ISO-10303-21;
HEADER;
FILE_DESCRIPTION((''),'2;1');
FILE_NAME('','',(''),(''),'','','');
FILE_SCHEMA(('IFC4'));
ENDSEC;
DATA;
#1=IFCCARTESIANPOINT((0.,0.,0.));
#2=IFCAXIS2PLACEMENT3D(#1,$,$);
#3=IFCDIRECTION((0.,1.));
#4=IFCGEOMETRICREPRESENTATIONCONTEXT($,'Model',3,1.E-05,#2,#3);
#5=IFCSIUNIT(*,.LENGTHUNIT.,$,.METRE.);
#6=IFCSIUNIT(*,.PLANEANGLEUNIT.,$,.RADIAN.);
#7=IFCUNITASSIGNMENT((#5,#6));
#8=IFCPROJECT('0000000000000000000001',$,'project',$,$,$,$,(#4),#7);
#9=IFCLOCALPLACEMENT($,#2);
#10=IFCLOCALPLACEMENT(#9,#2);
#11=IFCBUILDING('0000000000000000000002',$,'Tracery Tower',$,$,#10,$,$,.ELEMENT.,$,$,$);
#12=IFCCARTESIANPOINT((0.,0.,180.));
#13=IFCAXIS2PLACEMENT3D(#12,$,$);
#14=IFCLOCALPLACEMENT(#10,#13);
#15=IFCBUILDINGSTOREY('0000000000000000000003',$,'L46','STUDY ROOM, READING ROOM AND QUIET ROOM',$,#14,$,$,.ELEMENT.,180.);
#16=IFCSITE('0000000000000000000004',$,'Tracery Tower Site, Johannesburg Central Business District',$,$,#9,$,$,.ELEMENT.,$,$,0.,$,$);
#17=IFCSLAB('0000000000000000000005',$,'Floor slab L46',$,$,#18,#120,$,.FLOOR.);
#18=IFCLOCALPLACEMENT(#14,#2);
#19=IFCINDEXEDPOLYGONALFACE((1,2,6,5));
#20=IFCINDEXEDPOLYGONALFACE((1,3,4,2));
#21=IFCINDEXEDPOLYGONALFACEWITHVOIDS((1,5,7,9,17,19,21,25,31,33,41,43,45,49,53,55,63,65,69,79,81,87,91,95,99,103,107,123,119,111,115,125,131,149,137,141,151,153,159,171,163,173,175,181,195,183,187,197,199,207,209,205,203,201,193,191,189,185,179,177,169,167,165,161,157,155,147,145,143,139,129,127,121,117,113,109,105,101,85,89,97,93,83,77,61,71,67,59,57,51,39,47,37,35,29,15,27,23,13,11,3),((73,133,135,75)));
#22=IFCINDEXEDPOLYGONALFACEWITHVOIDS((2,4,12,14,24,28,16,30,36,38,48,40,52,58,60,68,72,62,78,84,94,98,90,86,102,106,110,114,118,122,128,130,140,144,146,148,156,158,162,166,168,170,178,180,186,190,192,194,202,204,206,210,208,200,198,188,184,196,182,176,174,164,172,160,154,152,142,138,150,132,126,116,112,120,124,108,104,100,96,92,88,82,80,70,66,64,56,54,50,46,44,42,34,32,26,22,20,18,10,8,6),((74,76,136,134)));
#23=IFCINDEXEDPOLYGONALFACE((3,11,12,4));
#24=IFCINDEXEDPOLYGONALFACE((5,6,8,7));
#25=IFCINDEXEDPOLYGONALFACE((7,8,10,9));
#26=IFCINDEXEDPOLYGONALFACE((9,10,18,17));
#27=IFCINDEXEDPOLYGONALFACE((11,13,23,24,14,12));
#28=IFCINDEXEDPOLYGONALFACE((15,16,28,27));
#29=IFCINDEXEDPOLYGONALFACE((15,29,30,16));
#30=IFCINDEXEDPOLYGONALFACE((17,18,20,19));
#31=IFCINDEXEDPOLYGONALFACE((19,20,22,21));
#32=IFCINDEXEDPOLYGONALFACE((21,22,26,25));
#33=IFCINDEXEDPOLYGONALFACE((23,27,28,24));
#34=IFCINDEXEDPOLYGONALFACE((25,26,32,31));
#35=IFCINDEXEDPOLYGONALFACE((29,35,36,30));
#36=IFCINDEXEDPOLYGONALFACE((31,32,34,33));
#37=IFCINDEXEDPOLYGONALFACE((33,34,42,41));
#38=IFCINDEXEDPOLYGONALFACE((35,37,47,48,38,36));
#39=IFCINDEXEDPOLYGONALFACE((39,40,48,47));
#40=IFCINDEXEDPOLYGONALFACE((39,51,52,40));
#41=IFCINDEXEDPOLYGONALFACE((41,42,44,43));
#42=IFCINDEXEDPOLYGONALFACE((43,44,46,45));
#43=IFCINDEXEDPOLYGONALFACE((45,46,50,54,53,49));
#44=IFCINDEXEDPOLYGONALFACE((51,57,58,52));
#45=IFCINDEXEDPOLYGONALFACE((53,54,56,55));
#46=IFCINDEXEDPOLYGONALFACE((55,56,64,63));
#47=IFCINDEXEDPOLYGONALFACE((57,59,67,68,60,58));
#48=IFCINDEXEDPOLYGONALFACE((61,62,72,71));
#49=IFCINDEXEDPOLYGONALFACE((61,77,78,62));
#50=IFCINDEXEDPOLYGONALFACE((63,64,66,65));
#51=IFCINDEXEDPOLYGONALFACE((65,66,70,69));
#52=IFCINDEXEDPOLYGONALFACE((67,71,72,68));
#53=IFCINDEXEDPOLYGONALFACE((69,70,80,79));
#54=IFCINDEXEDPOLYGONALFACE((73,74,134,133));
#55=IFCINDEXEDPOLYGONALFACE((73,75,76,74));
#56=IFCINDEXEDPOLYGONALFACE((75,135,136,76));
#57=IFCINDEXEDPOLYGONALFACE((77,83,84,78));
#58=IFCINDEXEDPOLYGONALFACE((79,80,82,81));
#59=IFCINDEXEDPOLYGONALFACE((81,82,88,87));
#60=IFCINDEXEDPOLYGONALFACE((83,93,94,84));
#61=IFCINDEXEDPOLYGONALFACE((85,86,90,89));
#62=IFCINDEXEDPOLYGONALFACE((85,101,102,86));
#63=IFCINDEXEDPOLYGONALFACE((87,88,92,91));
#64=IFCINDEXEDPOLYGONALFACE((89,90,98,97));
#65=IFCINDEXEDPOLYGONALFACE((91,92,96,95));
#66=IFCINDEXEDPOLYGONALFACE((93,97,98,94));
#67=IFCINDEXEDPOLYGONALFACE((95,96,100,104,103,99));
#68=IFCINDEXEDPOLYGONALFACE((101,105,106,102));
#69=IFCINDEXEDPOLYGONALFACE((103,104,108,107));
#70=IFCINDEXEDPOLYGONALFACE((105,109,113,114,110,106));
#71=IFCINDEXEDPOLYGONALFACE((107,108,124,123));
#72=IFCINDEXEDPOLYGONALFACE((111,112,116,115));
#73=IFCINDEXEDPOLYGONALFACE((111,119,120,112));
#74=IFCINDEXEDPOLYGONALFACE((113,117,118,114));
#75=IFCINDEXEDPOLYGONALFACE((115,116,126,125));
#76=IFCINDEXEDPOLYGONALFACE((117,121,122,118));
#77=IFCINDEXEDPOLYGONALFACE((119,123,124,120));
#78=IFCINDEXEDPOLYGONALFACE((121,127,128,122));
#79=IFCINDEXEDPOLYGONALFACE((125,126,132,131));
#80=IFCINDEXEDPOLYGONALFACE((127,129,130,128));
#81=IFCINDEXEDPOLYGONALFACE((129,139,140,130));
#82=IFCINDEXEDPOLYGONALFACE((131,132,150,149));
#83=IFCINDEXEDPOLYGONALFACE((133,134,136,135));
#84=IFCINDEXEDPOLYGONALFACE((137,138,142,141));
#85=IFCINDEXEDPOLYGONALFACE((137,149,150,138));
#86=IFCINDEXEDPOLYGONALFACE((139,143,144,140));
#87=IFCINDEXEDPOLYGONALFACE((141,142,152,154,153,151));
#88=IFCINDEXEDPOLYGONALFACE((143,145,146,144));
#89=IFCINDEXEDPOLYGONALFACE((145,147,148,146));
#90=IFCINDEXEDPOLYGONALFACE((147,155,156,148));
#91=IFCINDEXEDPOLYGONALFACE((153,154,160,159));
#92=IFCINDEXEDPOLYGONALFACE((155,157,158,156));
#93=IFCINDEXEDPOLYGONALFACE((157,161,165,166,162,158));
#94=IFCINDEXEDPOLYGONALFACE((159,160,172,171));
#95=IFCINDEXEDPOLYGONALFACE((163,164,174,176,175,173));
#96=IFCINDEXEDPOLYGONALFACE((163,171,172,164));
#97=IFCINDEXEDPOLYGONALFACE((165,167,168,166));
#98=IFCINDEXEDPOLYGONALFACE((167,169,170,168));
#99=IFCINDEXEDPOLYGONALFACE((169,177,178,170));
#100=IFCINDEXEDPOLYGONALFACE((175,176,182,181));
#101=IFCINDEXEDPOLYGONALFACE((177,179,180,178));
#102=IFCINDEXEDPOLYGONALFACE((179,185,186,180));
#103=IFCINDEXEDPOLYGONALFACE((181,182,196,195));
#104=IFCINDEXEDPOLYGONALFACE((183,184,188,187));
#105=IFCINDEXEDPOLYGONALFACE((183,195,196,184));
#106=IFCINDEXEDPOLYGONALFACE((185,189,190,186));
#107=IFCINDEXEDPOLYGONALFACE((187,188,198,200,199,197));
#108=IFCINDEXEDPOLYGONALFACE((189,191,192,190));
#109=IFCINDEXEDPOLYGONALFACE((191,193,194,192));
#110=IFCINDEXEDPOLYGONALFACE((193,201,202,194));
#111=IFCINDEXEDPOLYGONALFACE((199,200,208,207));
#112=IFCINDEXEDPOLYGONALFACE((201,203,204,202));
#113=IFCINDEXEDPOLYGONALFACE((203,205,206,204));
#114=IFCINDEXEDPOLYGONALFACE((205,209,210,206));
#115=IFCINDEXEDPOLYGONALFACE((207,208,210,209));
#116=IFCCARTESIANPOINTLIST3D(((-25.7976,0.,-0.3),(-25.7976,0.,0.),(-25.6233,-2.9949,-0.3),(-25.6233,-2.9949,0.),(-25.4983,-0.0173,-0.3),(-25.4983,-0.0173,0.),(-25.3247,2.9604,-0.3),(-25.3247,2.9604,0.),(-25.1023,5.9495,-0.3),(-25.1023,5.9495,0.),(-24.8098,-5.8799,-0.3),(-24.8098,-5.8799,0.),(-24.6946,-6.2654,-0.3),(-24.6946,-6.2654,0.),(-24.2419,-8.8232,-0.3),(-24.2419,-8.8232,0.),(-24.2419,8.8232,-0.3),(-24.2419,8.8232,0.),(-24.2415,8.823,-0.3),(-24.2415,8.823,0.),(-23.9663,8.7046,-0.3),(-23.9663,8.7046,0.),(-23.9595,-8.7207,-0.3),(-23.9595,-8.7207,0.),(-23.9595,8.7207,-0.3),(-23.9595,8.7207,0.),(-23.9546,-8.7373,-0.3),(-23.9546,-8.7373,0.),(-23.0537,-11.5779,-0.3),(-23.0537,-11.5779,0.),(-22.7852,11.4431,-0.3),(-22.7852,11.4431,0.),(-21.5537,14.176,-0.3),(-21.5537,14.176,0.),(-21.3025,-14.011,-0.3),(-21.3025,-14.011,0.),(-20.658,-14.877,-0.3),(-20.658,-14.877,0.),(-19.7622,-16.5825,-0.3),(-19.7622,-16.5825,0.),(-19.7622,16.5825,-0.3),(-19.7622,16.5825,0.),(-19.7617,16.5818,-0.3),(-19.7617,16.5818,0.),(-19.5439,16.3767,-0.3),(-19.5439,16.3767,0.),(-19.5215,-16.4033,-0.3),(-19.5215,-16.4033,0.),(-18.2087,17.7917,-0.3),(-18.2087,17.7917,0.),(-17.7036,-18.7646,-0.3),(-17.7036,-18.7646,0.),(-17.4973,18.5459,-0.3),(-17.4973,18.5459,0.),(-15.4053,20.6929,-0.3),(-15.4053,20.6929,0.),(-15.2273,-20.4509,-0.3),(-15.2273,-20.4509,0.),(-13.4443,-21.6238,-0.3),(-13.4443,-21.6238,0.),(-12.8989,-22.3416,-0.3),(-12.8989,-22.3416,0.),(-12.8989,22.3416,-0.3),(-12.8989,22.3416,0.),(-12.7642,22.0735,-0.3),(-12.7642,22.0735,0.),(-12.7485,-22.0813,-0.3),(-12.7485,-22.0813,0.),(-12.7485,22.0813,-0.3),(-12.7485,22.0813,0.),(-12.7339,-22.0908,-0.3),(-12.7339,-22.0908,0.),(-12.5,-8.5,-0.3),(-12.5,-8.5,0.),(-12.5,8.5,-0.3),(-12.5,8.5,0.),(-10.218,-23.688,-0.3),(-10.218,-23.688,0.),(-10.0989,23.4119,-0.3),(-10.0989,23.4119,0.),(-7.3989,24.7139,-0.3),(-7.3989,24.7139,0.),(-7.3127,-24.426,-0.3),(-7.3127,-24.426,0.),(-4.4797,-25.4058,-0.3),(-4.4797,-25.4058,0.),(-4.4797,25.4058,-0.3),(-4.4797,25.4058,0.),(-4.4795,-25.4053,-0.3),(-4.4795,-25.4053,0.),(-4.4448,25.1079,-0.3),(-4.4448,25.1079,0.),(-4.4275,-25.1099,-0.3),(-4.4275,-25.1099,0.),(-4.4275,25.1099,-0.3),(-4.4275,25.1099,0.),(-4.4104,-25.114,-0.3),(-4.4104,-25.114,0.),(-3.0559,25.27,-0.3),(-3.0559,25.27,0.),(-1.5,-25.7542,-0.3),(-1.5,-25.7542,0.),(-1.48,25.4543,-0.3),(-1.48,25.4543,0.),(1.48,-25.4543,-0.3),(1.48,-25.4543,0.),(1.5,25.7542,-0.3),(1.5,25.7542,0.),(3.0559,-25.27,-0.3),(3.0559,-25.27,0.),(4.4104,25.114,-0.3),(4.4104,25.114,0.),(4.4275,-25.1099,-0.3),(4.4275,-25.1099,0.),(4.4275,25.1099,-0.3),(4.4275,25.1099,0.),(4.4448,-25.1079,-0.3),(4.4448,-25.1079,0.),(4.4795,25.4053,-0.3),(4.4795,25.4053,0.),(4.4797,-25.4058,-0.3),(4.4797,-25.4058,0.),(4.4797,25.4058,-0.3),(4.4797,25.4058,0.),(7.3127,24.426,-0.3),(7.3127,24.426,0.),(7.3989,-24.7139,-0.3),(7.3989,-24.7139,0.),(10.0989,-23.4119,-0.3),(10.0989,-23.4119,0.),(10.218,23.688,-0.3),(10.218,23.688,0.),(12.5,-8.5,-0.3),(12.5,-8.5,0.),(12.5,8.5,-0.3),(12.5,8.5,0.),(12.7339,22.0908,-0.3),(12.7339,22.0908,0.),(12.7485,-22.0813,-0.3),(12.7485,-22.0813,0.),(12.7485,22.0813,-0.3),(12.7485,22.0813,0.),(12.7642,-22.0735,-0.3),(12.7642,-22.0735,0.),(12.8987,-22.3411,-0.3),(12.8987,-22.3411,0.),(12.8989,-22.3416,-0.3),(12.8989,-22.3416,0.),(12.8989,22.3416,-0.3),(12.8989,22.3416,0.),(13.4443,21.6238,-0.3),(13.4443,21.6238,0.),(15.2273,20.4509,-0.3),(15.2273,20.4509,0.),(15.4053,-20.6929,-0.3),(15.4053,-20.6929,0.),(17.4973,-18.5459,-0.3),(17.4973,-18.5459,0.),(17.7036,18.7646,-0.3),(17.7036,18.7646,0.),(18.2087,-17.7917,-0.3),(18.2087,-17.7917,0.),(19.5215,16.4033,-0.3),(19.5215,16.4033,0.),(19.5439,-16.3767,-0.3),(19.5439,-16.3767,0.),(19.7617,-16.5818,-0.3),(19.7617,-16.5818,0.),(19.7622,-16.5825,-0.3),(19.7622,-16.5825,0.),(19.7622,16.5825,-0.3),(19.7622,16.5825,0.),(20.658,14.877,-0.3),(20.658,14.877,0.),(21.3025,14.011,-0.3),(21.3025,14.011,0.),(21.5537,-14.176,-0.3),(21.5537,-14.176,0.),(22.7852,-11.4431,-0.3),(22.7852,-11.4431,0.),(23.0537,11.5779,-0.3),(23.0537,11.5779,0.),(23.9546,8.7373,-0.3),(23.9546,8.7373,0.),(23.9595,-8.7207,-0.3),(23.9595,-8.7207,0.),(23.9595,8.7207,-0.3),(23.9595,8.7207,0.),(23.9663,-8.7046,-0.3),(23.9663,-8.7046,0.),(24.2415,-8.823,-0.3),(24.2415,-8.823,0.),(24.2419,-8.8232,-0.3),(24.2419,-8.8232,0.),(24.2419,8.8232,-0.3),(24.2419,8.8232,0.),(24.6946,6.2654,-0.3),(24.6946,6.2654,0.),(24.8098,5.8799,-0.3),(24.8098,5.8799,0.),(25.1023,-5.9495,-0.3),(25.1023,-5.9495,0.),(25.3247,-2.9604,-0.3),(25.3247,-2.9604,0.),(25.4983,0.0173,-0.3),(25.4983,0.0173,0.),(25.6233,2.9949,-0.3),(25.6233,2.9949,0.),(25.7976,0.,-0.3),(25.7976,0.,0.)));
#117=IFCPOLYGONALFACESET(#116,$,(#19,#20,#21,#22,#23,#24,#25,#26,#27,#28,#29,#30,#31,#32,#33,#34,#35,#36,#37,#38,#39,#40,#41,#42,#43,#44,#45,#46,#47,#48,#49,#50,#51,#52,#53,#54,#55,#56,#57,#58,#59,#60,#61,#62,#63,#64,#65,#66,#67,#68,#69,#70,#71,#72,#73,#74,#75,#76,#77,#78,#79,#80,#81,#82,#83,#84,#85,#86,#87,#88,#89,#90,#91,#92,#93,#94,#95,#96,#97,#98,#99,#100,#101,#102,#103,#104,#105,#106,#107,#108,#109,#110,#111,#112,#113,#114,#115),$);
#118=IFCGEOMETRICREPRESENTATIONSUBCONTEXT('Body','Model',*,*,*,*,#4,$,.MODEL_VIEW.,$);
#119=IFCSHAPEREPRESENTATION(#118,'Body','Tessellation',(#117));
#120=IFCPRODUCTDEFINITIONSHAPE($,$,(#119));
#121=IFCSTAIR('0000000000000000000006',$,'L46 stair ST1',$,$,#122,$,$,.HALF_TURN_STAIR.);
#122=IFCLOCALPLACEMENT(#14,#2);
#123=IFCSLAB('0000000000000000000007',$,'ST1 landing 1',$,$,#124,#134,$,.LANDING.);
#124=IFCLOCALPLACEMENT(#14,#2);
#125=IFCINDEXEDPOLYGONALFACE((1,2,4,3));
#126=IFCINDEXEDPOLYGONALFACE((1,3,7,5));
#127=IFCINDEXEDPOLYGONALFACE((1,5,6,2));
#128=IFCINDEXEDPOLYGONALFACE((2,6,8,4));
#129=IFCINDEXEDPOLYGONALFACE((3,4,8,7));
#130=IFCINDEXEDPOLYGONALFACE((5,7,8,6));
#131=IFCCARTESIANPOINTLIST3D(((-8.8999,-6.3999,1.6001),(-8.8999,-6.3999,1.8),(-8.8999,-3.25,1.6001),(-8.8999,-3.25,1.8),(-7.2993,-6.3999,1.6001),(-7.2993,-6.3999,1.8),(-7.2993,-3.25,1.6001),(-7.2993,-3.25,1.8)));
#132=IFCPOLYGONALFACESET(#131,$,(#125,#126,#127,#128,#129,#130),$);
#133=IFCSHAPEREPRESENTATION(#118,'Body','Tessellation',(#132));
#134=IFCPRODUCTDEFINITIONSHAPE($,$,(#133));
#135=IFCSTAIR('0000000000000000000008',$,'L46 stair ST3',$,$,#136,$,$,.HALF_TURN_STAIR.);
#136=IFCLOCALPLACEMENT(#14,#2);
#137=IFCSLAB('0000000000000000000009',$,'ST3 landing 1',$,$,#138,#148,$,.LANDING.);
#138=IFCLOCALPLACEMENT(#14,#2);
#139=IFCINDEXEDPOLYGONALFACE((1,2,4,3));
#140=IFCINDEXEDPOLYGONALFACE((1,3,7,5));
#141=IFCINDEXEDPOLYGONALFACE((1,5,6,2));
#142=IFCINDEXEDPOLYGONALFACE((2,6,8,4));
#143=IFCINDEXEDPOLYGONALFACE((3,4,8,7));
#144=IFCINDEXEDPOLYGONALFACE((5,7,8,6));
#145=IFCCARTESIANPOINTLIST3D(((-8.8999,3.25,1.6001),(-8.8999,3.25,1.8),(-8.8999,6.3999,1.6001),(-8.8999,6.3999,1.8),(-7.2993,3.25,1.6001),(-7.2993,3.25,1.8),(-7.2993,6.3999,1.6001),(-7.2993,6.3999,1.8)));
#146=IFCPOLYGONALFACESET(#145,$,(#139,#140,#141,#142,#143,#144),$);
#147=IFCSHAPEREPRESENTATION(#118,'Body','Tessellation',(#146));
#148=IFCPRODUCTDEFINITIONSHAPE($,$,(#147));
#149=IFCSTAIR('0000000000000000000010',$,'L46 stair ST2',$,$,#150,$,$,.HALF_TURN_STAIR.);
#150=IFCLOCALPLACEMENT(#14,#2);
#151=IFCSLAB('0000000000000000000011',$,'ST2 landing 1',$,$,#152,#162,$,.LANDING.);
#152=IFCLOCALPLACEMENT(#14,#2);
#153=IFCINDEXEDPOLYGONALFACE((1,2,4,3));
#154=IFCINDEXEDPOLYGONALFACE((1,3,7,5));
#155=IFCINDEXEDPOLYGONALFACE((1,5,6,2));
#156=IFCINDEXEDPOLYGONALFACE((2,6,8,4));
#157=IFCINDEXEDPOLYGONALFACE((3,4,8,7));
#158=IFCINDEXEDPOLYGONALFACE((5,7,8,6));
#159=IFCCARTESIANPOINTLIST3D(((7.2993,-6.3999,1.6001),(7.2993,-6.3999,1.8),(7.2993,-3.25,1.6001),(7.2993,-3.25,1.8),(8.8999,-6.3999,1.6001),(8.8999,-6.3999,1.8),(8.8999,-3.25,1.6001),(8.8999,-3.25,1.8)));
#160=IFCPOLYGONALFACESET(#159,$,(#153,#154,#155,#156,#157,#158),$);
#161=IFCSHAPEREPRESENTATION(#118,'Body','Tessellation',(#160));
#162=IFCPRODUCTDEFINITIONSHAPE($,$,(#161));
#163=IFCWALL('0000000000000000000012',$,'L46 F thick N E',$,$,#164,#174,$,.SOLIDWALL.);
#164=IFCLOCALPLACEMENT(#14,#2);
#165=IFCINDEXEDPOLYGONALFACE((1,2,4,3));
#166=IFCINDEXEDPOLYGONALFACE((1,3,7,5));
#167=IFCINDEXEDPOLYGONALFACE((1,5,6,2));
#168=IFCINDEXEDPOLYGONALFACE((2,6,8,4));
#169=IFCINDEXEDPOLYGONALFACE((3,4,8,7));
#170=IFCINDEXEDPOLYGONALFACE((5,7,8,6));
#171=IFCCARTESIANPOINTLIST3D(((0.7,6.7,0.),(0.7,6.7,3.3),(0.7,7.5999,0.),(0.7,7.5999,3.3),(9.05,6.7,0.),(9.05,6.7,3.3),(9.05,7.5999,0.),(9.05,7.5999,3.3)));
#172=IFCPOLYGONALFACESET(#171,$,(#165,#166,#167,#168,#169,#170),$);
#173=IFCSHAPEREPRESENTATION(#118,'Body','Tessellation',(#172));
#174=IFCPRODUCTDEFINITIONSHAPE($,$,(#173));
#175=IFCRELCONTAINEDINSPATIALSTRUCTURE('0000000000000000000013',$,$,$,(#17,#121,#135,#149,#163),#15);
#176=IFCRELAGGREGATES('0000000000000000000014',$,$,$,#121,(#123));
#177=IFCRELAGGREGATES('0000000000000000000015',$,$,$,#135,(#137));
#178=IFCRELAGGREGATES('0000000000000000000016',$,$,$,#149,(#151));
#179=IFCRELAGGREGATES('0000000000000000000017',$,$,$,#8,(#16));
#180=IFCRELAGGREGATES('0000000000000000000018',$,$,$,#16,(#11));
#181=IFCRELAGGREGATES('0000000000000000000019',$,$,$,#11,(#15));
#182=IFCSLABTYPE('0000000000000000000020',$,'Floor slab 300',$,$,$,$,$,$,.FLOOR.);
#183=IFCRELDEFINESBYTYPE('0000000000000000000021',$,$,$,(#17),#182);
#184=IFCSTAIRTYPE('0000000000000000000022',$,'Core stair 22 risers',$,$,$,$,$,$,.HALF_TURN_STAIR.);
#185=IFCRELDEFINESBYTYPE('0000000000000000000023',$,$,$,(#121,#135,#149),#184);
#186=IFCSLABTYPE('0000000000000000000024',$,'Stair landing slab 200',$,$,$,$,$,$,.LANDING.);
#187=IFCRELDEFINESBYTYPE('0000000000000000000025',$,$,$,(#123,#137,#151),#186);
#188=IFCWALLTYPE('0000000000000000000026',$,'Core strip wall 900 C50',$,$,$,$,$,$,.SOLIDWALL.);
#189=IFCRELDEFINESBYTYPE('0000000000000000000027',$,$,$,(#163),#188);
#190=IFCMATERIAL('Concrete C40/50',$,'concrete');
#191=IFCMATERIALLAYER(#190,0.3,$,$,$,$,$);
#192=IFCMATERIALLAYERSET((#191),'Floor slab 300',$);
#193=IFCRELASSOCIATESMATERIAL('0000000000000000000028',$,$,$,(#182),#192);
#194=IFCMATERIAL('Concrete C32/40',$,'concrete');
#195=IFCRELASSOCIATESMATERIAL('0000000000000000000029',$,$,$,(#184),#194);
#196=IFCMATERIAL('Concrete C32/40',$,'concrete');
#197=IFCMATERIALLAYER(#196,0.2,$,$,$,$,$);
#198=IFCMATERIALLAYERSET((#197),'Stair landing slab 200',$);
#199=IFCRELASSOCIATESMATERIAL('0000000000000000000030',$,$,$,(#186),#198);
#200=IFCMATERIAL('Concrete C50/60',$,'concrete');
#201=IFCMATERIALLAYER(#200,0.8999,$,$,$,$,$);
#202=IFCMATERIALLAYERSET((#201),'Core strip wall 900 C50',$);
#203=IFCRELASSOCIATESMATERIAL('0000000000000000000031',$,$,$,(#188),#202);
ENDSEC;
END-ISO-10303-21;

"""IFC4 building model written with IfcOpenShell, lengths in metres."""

from ifc_helpers import new_model, si_unit, direction, frame, frame_2d, origin, place, context, subcontext, project, spatial, polyline, rectangle, outline, extrude, material, layer, layer_set, type_object, element, aggregate, save


model = new_model("IFC4")

# Units and contexts
model_context = context("Model", 3, precision=1e-05, world=origin(), true_north=direction((0.0, 1.0)))
body_context = subcontext(model_context, "Body", "Model", "MODEL_VIEW")
ifc_project = project(units=[si_unit("LENGTHUNIT", "METRE"), si_unit("PLANEANGLEUNIT", "RADIAN")], contexts=[model_context])

# Site, building, storey
site_placement = place(None, origin())
site = spatial("IfcSite", under=ifc_project, at=site_placement, Name="Tracery Tower Site, Johannesburg Central Business District", CompositionType="ELEMENT", RefElevation=0.0)
building_placement = place(site_placement, origin())
building = spatial("IfcBuilding", under=site, at=building_placement, Name="Tracery Tower", CompositionType="ELEMENT")
storey_placement = place(building_placement, frame((0.0, 0.0, 180.0)))
storey = spatial("IfcBuildingStorey", under=building, at=storey_placement, Name="L46", Description="STUDY ROOM, READING ROOM AND QUIET ROOM", CompositionType="ELEMENT", Elevation=180.0)

# Slab
ifc_material_1 = material(Name="Concrete C40/50", Category="concrete")
ifc_layer_1 = layer(ifc_material_1, 0.3)
ifc_layer_set_1 = layer_set([ifc_layer_1], Name="Floor slab 300")
slab_type_1 = type_object("IfcSlabType", Name="Floor slab 300", PredefinedType="FLOOR", material=ifc_layer_set_1)
slab_1_placement = place(storey_placement, frame((0.0, 0.0, -0.3)))
element("IfcSlab", 1, at=slab_1_placement, inside=storey, type_object=slab_type_1, Name="Floor slab L46", PredefinedType="FLOOR", context=body_context, shape_type="SweptSolid", body=[
    extrude(outline(polyline([(24.8098, 5.8799), (24.6946, 6.2654), (23.9595, 8.7207), (23.9595, 8.7207), (23.9546, 8.7373), (24.2419, 8.8232), (23.0537, 11.5779), (21.3025, 14.011), (20.658, 14.877), (19.5215, 16.4033), (19.7622, 16.5825), (17.7036, 18.7646), (15.2273, 20.4509), (13.4443, 21.6238), (12.7485, 22.0813), (12.7485, 22.0813), (12.7339, 22.0908), (12.8989, 22.3416), (10.218, 23.688), (7.3127, 24.426), (4.4275, 25.1099), (4.4275, 25.1099), (4.4104, 25.114), (4.4795, 25.4053), (4.4797, 25.4058), (1.5, 25.7542), (-1.48, 25.4543), (-3.0559, 25.27), (-4.4275, 25.1099), (-4.4275, 25.1099), (-4.4448, 25.1079), (-4.4797, 25.4058), (-7.3989, 24.7139), (-10.0989, 23.4119), (-12.7485, 22.0813), (-12.7485, 22.0813), (-12.7642, 22.0735), (-12.8989, 22.3416), (-15.4053, 20.6929), (-17.4973, 18.5459), (-18.2087, 17.7917), (-19.5439, 16.3767), (-19.7617, 16.5818), (-19.7622, 16.5825), (-21.5537, 14.176), (-22.7852, 11.4431), (-23.9595, 8.7207), (-23.9595, 8.7207), (-23.9663, 8.7046), (-24.2415, 8.823), (-24.2419, 8.8232), (-25.1023, 5.9495), (-25.3247, 2.9604), (-25.4983, -0.0173), (-25.7976, 0.0), (-25.7976, 0.0), (-25.6233, -2.9949), (-24.8098, -5.8799), (-24.6946, -6.2654), (-23.9595, -8.7207), (-23.9595, -8.7207), (-23.9546, -8.7373), (-24.2419, -8.8232), (-23.0537, -11.5779), (-21.3025, -14.011), (-20.658, -14.877), (-19.5215, -16.4033), (-19.7622, -16.5825), (-17.7036, -18.7646), (-15.2273, -20.4509), (-13.4443, -21.6238), (-12.7485, -22.0813), (-12.7485, -22.0813), (-12.7339, -22.0908), (-12.8989, -22.3416), (-10.218, -23.688), (-7.3127, -24.426), (-4.4275, -25.1099), (-4.4275, -25.1099), (-4.4104, -25.114), (-4.4795, -25.4053), (-4.4797, -25.4058), (-1.5, -25.7542), (1.48, -25.4543), (3.0559, -25.27), (4.4275, -25.1099), (4.4275, -25.1099), (4.4448, -25.1079), (4.4797, -25.4058), (7.3989, -24.7139), (10.0989, -23.4119), (12.7485, -22.0813), (12.7485, -22.0813), (12.7642, -22.0735), (12.8987, -22.3411), (12.8989, -22.3416), (15.4053, -20.6929), (17.4973, -18.5459), (18.2087, -17.7917), (19.5439, -16.3767), (19.7617, -16.5818), (19.7622, -16.5825), (21.5537, -14.176), (22.7852, -11.4431), (23.9595, -8.7207), (23.9595, -8.7207), (23.9663, -8.7046), (24.2415, -8.823), (24.2419, -8.8232), (25.1023, -5.9495), (25.3247, -2.9604), (25.4983, 0.0173), (25.7976, 0.0), (25.6233, 2.9949), (24.8098, 5.8799)]), holes=[polyline([(-12.5, -8.5), (12.5, -8.5), (12.5, 8.5), (-12.5, 8.5), (-12.5, -8.5)])]), origin(), (0.0, 0.0, 1.0), 0.3),
])

# Stairs, slabs
ifc_material_2 = material(Name="Concrete C32/40", Category="concrete")
stair_type = type_object("IfcStairType", Name="Core stair 22 risers", PredefinedType="HALF_TURN_STAIR", material=ifc_material_2)
stair_1_placement = place(storey_placement, origin())
stair_1 = element("IfcStair", 2, at=stair_1_placement, inside=storey, type_object=stair_type, Name="L46 stair ST1", PredefinedType="HALF_TURN_STAIR")
ifc_material_3 = material(Name="Concrete C32/40", Category="concrete")
ifc_layer_2 = layer(ifc_material_3, 0.2)
ifc_layer_set_2 = layer_set([ifc_layer_2], Name="Stair landing slab 200")
slab_type_2 = type_object("IfcSlabType", Name="Stair landing slab 200", PredefinedType="LANDING", material=ifc_layer_set_2)
slab_2_placement = place(storey_placement, frame((0.0, 0.0, 1.6001)))
slab_2 = element("IfcSlab", 3, at=slab_2_placement, type_object=slab_type_2, Name="ST1 landing 1", PredefinedType="LANDING", context=body_context, shape_type="SweptSolid", body=[
    extrude(outline(polyline([(-7.2993, -3.25), (-8.8999, -3.25), (-8.8999, -6.3999), (-7.2993, -6.3999), (-7.2993, -3.25)])), origin(), (0.0, 0.0, 1.0), 0.2),
])
aggregate(stair_1, [slab_2])
stair_2_placement = place(storey_placement, origin())
stair_2 = element("IfcStair", 4, at=stair_2_placement, inside=storey, type_object=stair_type, Name="L46 stair ST3", PredefinedType="HALF_TURN_STAIR")
slab_3_placement = place(storey_placement, frame((0.0, 0.0, 1.6001)))
slab_3 = element("IfcSlab", 5, at=slab_3_placement, type_object=slab_type_2, Name="ST3 landing 1", PredefinedType="LANDING", context=body_context, shape_type="SweptSolid", body=[
    extrude(outline(polyline([(-7.2993, 6.3999), (-8.8999, 6.3999), (-8.8999, 3.25), (-7.2993, 3.25), (-7.2993, 6.3999)])), origin(), (0.0, 0.0, 1.0), 0.2),
])
aggregate(stair_2, [slab_3])
stair_3_placement = place(storey_placement, origin())
stair_3 = element("IfcStair", 6, at=stair_3_placement, inside=storey, type_object=stair_type, Name="L46 stair ST2", PredefinedType="HALF_TURN_STAIR")
slab_4_placement = place(storey_placement, frame((0.0, 0.0, 1.6001)))
slab_4 = element("IfcSlab", 7, at=slab_4_placement, type_object=slab_type_2, Name="ST2 landing 1", PredefinedType="LANDING", context=body_context, shape_type="SweptSolid", body=[
    extrude(outline(polyline([(7.2993, -6.3999), (8.8999, -6.3999), (8.8999, -3.25), (7.2993, -3.25), (7.2993, -6.3999)])), origin(), (0.0, 0.0, 1.0), 0.2),
])
aggregate(stair_3, [slab_4])

# Wall
ifc_material_4 = material(Name="Concrete C50/60", Category="concrete")
ifc_layer_3 = layer(ifc_material_4, 0.8999)
ifc_layer_set_3 = layer_set([ifc_layer_3], Name="Core strip wall 900 C50")
wall_type_1 = type_object("IfcWallType", Name="Core strip wall 900 C50", PredefinedType="SOLIDWALL", material=ifc_layer_set_3)
wall_1_placement = place(storey_placement, frame((0.7, 7.1499, 0.0), z_axis=(0.0, 0.0, 1.0), x_axis=(1.0, 0.0, 0.0)))
element("IfcWall", 8, at=wall_1_placement, inside=storey, type_object=wall_type_1, Name="L46 F thick N E", PredefinedType="SOLIDWALL", context=body_context, shape_type="SweptSolid", body=[
    extrude(rectangle(XDim=8.3501, YDim=0.8999, at=frame_2d((4.175, 0.0))), origin(), (0.0, 0.0, 1.0), 3.3),
])

save(model, "model.ifc")
